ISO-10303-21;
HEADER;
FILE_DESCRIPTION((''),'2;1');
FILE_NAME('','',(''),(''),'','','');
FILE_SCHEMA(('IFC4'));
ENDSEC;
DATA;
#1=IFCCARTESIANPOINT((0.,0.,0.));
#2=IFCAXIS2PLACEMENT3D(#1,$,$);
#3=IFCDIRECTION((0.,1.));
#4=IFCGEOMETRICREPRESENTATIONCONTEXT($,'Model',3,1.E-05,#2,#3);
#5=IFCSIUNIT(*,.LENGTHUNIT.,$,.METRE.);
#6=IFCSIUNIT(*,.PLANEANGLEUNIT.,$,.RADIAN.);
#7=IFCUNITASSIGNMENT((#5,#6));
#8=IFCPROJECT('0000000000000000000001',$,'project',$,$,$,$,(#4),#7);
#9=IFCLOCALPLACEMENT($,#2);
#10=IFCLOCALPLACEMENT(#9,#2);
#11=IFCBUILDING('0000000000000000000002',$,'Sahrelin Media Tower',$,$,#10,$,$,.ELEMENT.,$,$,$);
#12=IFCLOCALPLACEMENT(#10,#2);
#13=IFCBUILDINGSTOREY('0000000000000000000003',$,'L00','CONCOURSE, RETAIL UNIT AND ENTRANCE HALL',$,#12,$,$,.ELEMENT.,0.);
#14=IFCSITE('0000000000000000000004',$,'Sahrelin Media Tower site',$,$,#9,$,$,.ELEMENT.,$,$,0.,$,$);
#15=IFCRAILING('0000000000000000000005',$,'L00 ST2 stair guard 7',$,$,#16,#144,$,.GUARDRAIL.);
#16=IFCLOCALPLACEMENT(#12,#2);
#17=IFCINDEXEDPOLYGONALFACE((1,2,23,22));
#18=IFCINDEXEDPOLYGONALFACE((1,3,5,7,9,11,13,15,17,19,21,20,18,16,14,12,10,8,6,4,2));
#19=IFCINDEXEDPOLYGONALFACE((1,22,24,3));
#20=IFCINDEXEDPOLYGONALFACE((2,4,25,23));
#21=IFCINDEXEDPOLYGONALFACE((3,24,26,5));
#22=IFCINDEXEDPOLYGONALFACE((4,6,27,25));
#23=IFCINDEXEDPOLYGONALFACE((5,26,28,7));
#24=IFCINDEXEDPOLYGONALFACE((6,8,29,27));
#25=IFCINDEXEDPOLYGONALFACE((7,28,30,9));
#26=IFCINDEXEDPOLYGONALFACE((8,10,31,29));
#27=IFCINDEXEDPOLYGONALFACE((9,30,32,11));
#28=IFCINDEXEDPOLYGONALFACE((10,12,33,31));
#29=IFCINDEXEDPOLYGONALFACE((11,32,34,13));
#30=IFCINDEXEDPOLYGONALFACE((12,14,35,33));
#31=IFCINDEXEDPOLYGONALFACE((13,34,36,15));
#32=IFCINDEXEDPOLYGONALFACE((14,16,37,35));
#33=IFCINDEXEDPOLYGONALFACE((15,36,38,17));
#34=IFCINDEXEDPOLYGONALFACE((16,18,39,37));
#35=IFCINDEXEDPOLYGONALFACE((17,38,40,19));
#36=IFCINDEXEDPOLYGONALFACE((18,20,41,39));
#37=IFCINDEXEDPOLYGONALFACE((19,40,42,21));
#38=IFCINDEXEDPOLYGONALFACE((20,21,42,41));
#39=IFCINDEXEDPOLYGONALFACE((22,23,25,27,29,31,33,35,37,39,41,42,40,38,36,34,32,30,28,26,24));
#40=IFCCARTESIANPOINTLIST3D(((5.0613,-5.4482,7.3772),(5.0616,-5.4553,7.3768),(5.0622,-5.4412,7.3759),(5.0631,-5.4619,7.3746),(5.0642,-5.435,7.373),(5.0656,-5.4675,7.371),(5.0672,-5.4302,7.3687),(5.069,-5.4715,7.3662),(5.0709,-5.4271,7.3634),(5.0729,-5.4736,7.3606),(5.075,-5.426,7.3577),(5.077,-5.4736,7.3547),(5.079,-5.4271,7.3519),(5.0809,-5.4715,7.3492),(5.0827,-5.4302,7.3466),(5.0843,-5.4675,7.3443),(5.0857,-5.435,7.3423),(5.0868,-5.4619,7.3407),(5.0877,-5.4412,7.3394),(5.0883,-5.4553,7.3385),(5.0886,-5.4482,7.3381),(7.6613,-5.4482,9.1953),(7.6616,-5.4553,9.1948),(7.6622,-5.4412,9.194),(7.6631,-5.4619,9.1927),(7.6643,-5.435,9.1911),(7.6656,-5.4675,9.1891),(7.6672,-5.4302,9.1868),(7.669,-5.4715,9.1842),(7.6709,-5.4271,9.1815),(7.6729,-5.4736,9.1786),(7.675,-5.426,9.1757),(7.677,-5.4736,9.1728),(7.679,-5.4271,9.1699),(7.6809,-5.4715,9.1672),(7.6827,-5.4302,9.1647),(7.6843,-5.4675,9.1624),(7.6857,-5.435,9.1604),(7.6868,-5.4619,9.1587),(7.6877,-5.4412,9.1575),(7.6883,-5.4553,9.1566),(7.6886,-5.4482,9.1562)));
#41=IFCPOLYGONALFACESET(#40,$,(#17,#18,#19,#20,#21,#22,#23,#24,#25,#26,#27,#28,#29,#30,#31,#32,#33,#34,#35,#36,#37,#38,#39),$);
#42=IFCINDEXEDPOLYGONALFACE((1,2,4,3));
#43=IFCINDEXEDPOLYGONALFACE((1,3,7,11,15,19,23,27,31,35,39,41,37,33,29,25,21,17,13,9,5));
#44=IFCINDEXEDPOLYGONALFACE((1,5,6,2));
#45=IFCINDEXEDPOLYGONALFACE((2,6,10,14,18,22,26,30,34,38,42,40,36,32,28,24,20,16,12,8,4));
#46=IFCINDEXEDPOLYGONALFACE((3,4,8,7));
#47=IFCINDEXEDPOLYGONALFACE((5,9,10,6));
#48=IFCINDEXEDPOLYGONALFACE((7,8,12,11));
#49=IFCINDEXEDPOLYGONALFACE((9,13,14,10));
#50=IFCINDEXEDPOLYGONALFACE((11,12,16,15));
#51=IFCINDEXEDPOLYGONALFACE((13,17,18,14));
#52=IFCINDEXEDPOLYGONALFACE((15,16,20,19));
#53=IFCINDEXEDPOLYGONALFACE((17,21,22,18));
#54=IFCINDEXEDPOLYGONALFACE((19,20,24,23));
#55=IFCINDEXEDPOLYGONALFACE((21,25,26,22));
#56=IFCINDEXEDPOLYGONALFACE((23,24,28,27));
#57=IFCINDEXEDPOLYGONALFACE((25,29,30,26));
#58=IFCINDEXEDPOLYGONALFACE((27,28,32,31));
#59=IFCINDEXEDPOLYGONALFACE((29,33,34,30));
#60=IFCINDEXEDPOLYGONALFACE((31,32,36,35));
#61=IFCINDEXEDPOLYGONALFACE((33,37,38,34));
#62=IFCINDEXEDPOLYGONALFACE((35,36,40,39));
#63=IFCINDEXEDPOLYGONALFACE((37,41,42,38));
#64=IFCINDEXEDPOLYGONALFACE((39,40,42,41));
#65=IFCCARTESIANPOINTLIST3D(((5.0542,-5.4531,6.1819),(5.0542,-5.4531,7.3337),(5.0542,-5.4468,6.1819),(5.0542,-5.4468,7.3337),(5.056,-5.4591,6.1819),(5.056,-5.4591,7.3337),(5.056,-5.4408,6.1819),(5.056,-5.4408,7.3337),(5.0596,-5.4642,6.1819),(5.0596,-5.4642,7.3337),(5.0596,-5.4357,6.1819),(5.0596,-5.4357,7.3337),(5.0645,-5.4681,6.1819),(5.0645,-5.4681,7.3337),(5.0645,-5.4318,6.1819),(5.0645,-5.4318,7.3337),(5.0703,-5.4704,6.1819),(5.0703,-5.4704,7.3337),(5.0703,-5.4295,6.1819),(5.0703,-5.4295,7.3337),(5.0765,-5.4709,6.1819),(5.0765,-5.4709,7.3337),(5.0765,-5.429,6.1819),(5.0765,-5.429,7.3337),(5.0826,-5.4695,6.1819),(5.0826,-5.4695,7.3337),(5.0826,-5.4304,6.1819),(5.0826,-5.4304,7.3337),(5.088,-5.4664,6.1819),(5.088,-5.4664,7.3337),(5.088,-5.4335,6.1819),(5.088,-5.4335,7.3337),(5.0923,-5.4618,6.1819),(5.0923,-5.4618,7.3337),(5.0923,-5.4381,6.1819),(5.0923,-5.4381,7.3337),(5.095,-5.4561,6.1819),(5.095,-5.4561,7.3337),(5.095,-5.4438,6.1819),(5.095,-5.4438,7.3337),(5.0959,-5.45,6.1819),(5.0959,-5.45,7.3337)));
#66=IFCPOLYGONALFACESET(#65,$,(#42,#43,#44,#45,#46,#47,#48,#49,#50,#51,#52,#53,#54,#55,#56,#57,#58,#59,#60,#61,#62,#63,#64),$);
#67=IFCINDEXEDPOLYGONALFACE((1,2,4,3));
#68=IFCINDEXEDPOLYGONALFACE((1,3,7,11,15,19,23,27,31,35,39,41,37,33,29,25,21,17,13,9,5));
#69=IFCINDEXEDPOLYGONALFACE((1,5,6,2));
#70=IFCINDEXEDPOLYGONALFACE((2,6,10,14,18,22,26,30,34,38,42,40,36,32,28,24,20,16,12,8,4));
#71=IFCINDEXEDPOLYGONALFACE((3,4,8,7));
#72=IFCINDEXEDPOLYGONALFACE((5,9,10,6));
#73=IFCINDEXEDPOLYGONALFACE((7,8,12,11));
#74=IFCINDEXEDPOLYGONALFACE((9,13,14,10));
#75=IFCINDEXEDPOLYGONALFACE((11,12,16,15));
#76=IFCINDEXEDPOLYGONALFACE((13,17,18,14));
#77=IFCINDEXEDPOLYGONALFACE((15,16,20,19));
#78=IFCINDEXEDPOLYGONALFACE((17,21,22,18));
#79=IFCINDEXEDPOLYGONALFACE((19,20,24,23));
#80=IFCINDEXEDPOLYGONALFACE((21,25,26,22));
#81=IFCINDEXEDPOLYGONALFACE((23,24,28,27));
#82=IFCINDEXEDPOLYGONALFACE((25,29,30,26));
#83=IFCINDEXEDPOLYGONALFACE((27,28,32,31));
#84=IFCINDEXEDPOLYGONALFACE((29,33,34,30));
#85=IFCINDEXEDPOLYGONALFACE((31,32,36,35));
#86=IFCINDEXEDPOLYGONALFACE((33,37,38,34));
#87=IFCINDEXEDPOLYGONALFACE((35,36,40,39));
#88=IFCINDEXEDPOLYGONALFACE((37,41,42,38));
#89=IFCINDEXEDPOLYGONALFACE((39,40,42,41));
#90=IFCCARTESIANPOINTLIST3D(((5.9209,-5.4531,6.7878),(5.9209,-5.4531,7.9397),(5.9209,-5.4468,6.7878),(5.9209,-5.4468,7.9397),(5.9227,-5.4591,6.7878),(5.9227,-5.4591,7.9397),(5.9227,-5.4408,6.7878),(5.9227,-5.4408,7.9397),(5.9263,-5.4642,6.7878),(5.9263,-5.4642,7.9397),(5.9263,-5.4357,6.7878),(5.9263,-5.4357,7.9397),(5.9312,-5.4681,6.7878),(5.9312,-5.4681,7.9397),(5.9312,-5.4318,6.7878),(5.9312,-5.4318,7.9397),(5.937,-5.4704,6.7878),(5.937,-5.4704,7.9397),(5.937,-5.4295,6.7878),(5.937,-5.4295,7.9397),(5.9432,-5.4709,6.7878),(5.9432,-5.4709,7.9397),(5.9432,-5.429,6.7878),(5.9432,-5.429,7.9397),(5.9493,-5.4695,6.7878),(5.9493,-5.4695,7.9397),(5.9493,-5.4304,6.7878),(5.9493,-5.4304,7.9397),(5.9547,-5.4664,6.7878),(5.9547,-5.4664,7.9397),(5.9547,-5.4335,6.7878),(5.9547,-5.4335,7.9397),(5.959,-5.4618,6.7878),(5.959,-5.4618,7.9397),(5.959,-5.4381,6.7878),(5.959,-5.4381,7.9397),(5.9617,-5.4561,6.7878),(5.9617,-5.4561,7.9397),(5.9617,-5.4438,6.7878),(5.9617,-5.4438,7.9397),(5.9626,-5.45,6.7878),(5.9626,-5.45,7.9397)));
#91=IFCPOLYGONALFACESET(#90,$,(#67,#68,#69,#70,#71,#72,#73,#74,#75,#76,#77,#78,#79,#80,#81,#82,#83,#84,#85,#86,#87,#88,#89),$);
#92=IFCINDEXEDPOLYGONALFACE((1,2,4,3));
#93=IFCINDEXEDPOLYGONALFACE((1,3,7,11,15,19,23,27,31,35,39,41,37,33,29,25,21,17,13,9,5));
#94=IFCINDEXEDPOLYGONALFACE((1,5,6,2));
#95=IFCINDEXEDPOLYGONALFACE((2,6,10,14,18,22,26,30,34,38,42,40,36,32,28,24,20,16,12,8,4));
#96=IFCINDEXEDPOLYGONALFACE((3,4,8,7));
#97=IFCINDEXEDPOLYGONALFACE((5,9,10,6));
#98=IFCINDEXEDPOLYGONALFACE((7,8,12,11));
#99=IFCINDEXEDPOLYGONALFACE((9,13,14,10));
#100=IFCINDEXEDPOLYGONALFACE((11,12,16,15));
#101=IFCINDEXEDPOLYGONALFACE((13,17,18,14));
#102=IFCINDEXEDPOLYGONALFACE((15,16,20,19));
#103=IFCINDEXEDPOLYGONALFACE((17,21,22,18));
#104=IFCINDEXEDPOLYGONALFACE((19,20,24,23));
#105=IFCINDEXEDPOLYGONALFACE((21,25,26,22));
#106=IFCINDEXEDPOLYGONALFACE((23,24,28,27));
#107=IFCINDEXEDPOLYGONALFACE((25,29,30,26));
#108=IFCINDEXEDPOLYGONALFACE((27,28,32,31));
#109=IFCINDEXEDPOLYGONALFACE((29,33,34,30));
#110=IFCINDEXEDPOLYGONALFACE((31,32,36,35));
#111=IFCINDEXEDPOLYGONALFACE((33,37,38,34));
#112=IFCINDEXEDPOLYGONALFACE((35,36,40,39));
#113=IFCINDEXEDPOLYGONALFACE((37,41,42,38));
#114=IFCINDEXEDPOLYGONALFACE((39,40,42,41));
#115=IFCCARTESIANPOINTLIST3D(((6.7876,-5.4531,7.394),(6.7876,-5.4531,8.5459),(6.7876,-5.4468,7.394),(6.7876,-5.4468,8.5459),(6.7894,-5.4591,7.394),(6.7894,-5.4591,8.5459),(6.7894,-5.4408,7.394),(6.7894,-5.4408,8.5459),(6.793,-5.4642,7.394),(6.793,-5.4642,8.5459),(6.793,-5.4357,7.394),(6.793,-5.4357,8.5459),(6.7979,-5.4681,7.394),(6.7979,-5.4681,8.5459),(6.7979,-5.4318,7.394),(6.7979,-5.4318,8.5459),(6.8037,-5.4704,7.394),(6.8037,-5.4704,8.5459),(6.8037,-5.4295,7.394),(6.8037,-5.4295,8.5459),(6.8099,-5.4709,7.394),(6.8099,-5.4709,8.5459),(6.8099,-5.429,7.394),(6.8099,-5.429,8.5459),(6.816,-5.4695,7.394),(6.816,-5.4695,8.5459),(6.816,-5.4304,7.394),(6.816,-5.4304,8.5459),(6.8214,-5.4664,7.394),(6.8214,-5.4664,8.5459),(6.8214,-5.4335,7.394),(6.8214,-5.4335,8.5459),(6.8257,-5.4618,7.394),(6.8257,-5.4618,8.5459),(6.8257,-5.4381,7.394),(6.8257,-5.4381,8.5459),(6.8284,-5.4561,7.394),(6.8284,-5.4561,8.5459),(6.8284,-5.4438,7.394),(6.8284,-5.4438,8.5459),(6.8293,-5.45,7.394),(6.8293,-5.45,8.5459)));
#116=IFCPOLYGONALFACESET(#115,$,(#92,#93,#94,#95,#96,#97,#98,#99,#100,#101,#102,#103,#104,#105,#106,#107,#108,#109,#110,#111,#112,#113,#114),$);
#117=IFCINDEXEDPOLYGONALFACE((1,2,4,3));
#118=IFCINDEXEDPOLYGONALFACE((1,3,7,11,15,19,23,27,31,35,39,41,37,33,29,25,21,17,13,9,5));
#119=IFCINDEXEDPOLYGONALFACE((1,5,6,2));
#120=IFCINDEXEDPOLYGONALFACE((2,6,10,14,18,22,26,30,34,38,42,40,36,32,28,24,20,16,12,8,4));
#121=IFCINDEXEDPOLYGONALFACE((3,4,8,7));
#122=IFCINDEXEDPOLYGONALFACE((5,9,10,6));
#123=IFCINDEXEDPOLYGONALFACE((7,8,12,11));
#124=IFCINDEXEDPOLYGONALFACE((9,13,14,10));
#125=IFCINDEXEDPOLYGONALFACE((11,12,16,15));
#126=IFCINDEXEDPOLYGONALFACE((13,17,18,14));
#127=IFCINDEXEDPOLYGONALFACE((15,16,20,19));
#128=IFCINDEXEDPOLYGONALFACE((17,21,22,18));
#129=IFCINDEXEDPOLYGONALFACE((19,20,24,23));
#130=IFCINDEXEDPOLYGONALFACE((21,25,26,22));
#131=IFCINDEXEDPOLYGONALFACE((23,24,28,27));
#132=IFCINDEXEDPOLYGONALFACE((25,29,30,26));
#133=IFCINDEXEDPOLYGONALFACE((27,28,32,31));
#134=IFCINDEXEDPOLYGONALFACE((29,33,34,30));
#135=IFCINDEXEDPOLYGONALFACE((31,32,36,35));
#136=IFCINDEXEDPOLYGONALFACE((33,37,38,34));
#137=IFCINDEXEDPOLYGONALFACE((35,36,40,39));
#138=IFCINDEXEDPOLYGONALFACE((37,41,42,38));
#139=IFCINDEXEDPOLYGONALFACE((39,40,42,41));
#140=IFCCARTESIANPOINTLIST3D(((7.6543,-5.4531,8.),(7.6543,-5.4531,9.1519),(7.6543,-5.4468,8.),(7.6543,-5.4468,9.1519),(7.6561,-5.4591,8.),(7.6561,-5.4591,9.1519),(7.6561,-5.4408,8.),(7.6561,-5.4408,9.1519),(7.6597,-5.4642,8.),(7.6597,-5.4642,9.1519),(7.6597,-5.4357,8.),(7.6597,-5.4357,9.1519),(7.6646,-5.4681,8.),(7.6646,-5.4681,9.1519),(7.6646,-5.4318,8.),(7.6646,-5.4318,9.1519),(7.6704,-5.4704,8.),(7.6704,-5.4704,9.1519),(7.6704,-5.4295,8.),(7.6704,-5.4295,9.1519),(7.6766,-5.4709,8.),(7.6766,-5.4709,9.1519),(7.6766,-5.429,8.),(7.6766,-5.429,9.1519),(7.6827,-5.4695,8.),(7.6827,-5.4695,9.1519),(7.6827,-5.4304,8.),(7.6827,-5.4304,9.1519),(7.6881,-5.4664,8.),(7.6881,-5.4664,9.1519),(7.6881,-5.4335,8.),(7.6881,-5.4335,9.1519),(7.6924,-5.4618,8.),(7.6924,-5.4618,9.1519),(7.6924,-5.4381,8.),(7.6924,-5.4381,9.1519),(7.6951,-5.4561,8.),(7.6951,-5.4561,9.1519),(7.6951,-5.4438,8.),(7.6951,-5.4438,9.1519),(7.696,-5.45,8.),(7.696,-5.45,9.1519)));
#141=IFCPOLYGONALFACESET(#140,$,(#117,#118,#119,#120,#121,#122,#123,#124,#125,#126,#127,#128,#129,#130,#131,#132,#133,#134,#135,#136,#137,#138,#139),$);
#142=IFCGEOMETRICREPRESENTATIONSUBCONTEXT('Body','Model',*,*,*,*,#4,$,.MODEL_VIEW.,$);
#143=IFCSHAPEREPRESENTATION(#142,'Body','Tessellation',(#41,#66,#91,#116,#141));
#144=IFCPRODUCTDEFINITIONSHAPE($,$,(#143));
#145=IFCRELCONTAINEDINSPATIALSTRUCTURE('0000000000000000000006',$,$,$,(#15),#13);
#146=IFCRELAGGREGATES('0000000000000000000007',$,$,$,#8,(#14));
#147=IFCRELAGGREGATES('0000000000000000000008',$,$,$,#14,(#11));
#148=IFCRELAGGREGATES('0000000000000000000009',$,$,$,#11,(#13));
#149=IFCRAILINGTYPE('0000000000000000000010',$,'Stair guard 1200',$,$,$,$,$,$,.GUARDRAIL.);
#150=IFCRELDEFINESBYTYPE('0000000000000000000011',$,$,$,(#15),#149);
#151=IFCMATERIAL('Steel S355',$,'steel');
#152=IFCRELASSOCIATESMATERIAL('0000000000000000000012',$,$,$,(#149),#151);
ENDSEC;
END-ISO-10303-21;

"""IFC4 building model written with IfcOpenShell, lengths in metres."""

from ifc_helpers import new_model, si_unit, direction, frame, origin, origin_2d, place, context, subcontext, project, spatial, circle, extrude, material, type_object, element, save


model = new_model("IFC4")

# Units and contexts
model_context = context("Model", 3, precision=1e-05, world=origin(), true_north=direction((0.0, 1.0)))
body_context = subcontext(model_context, "Body", "Model", "MODEL_VIEW")
ifc_project = project(units=[si_unit("LENGTHUNIT", "METRE"), si_unit("PLANEANGLEUNIT", "RADIAN")], contexts=[model_context])

# Site, building, storey
site_placement = place(None, origin())
site = spatial("IfcSite", under=ifc_project, at=site_placement, Name="Sahrelin Media Tower site", CompositionType="ELEMENT", RefElevation=0.0)
building_placement = place(site_placement, origin())
building = spatial("IfcBuilding", under=site, at=building_placement, Name="Sahrelin Media Tower", CompositionType="ELEMENT")
storey_placement = place(building_placement, origin())
storey = spatial("IfcBuildingStorey", under=building, at=storey_placement, Name="L00", Description="CONCOURSE, RETAIL UNIT AND ENTRANCE HALL", CompositionType="ELEMENT", Elevation=0.0)

# Shared definitions
ifc_material_1 = material(Name="Steel S355", Category="steel")

# Railing
railing_type_1 = type_object("IfcRailingType", Name="Stair guard 1200", PredefinedType="GUARDRAIL", material=ifc_material_1)
railing_1_placement = place(storey_placement, frame((5.075, -5.45, 6.1819)))
element("IfcRailing", 1, at=railing_1_placement, inside=storey, type_object=railing_type_1, Name="L00 ST2 stair guard 7", PredefinedType="GUARDRAIL", context=body_context, shape_type="SweptSolid", body=[
    extrude(circle(Radius=0.0239, at=origin_2d()), frame((0.0, 0.0, 1.1758), z_axis=(0.819521, 0.0, 0.573049), x_axis=(0.0, 1.0, 0.0)), (0.0, 0.0, 1.0), 3.1726),
    extrude(circle(Radius=0.021, at=origin_2d()), origin(), (0.0, 0.0, 1.0), 1.1519),
    extrude(circle(Radius=0.021, at=origin_2d()), frame((0.8667, 0.0, 0.606)), (0.0, 0.0, 1.0), 1.1519),
    extrude(circle(Radius=0.021, at=origin_2d()), frame((1.7334, 0.0, 1.2122)), (0.0, 0.0, 1.0), 1.1519),
    extrude(circle(Radius=0.021, at=origin_2d()), frame((2.6001, 0.0, 1.8181)), (0.0, 0.0, 1.0), 1.1519),
])

save(model, "model.ifc")
